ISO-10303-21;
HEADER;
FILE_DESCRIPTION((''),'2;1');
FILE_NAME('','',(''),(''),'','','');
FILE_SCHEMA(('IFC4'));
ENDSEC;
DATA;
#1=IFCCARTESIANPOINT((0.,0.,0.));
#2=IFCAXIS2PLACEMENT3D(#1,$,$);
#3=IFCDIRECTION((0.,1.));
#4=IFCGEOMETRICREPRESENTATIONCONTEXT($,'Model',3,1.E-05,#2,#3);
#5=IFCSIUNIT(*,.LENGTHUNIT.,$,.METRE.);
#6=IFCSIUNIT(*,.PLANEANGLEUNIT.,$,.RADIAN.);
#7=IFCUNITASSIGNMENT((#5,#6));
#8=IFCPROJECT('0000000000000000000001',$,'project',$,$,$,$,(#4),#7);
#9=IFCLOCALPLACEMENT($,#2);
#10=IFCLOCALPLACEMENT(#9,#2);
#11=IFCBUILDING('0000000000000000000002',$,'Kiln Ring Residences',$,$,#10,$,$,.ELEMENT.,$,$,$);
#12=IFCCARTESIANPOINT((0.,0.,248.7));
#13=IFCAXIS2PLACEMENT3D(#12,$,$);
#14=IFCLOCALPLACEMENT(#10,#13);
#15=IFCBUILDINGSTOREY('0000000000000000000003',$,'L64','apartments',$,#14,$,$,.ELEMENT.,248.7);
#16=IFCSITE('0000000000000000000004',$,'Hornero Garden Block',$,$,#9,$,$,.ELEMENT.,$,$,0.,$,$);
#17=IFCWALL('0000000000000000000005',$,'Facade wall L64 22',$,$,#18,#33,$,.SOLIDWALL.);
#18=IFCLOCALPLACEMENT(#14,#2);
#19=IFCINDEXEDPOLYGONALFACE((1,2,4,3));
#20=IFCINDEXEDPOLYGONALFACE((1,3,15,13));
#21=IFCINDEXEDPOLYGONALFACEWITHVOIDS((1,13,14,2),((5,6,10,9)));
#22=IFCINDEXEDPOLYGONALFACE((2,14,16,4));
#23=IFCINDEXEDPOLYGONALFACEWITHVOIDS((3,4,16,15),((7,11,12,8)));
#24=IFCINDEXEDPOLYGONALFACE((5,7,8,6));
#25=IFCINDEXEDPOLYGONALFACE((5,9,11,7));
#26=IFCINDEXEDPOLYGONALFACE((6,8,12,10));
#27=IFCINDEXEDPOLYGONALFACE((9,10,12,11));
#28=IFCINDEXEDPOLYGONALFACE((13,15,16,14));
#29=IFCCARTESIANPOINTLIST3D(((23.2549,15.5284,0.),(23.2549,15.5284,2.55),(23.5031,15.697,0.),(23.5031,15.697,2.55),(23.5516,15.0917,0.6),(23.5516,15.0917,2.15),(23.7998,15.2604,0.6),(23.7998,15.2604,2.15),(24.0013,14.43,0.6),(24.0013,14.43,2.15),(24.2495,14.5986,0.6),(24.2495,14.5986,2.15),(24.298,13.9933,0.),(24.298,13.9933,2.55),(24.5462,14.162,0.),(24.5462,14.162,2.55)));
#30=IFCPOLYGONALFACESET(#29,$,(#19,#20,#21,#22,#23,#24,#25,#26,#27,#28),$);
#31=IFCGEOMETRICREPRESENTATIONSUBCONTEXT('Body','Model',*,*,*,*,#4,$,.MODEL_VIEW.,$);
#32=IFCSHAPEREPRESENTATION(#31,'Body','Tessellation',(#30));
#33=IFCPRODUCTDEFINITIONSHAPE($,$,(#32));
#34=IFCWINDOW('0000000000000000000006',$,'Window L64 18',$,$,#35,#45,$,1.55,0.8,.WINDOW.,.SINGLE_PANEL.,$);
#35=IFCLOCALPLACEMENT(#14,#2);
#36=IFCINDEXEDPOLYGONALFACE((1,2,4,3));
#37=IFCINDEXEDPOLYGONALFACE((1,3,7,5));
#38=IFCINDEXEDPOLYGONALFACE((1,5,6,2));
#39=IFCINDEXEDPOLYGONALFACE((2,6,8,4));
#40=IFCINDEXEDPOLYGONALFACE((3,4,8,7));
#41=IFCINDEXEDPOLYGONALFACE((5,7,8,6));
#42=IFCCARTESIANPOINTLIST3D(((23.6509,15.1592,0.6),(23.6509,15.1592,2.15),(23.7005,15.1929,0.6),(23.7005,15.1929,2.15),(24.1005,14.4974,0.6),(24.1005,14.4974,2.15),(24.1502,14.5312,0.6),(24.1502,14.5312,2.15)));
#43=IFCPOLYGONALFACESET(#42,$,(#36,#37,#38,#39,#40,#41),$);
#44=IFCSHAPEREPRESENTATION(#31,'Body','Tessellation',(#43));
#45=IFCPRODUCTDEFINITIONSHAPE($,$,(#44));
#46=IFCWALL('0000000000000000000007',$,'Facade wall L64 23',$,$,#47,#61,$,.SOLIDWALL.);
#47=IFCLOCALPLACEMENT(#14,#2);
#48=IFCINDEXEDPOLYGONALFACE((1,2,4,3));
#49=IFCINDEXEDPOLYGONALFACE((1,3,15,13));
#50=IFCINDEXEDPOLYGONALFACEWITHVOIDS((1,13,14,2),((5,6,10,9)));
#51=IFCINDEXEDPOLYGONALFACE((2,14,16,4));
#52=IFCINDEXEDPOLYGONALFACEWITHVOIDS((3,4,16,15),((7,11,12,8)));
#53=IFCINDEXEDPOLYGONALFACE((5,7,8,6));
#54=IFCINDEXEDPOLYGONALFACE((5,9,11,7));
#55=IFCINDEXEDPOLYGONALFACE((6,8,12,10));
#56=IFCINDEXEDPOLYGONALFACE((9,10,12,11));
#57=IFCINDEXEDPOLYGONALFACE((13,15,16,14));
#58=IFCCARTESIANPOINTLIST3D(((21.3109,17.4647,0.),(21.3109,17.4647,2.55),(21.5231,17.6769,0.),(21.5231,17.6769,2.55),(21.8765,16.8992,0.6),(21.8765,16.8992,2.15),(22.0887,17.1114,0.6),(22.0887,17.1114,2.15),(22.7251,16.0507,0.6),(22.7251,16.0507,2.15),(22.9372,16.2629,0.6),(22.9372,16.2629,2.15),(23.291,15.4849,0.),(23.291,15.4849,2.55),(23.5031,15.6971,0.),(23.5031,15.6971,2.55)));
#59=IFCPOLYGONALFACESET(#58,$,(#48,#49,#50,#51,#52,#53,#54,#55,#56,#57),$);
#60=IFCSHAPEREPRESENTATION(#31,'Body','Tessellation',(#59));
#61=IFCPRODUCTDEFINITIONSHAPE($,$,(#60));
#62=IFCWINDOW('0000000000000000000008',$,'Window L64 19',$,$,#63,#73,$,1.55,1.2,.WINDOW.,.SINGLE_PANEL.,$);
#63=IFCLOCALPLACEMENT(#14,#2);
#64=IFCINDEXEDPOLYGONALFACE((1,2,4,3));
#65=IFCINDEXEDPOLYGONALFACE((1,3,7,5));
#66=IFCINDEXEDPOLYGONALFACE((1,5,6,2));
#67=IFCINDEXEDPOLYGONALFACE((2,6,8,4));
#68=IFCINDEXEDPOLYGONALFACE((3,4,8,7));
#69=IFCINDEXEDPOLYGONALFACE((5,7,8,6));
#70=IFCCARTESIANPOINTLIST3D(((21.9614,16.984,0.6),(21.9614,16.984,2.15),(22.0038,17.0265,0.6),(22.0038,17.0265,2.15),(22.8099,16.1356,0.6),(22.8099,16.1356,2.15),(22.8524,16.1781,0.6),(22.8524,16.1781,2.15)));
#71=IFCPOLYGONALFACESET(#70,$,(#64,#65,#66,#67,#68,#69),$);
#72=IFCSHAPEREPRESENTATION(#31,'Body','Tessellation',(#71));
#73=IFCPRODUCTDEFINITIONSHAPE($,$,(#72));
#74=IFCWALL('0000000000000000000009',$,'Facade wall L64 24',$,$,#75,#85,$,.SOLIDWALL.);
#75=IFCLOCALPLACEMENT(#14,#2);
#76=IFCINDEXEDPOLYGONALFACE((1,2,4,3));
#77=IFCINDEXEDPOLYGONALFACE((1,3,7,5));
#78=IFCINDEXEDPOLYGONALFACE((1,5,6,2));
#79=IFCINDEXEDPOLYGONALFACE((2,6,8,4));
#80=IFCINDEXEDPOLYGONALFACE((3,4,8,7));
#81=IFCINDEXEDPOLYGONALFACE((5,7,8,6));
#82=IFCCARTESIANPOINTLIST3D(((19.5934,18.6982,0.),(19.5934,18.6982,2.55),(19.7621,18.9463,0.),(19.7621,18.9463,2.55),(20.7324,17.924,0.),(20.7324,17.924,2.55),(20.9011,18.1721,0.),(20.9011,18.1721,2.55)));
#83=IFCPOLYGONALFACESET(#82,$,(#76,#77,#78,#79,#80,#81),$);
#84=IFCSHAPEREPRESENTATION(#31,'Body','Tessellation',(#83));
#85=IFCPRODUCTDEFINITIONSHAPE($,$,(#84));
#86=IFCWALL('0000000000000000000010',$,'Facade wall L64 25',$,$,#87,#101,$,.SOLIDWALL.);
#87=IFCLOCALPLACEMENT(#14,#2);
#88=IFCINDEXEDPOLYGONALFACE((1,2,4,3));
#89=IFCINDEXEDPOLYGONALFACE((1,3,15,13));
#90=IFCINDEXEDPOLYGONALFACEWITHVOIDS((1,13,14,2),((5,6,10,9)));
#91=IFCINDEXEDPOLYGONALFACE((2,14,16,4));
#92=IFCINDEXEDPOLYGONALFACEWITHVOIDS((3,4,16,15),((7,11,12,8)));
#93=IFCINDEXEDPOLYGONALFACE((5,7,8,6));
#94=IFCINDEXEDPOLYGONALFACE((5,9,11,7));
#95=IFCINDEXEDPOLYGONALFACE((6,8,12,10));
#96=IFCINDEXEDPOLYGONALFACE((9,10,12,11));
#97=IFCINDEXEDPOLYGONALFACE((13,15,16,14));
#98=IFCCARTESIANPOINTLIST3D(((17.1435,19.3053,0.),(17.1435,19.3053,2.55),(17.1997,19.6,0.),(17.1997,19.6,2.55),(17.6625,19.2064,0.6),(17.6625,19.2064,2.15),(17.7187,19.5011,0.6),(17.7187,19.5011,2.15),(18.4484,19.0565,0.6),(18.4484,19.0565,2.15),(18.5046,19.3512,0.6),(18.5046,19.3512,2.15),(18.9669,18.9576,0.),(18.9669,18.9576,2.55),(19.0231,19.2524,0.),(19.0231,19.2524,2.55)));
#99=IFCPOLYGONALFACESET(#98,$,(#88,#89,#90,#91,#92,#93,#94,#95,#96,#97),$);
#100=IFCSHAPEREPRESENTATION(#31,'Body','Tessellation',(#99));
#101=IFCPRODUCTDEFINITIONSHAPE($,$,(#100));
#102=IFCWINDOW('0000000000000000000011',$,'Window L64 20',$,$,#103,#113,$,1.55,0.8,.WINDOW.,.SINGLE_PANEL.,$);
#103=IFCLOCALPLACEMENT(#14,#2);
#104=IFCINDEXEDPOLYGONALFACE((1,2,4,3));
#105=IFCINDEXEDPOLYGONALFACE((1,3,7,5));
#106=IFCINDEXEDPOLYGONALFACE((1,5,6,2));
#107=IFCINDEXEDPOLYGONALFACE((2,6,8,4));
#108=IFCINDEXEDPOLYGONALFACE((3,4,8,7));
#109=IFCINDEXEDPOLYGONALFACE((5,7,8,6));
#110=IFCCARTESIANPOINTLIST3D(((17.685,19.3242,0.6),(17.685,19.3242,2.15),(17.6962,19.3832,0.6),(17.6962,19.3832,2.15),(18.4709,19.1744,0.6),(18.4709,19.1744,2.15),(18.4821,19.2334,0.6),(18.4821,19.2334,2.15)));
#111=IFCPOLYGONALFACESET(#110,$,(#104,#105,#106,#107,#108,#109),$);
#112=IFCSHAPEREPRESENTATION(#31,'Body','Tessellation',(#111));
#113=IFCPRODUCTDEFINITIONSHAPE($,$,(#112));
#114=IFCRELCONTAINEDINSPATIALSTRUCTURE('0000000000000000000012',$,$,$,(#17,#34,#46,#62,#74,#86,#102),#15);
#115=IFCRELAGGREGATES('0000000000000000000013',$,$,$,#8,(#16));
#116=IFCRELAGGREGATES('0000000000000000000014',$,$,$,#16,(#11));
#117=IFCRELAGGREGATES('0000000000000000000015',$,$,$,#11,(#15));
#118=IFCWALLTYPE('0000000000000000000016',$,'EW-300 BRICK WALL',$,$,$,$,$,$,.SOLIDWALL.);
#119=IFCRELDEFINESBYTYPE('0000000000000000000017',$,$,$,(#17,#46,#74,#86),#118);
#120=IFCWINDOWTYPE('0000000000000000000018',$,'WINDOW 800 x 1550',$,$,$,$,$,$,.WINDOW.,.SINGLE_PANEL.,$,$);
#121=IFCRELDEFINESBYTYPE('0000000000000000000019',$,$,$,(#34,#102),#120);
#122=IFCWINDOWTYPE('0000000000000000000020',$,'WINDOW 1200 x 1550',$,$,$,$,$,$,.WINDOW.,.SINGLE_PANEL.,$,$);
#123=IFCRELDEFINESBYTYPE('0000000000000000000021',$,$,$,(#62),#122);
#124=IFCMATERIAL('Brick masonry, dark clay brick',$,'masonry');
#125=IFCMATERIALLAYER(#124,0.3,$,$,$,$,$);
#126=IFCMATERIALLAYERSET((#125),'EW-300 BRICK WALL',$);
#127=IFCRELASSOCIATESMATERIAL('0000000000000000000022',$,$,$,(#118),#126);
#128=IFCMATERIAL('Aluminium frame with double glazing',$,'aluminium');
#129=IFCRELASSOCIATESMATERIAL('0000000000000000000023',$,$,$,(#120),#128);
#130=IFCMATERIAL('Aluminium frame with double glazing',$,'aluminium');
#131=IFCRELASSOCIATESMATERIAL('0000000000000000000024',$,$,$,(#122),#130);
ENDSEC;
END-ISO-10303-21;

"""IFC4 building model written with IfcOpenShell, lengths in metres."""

from ifc_helpers import new_model, si_unit, direction, frame, frame_2d, origin, place, context, subcontext, project, spatial, rectangle, extrude, material, layer, layer_set, type_object, element, fill, save


model = new_model("IFC4")

# Units and contexts
model_context = context("Model", 3, precision=1e-05, world=origin(), true_north=direction((0.0, 1.0)))
body_context = subcontext(model_context, "Body", "Model", "MODEL_VIEW")
ifc_project = project(units=[si_unit("LENGTHUNIT", "METRE"), si_unit("PLANEANGLEUNIT", "RADIAN")], contexts=[model_context])

# Site, building, storey
site_placement = place(None, origin())
site = spatial("IfcSite", under=ifc_project, at=site_placement, Name="Hornero Garden Block", CompositionType="ELEMENT", RefElevation=0.0)
building_placement = place(site_placement, origin())
building = spatial("IfcBuilding", under=site, at=building_placement, Name="Kiln Ring Residences", CompositionType="ELEMENT")
storey_placement = place(building_placement, frame((0.0, 0.0, 248.7)))
storey = spatial("IfcBuildingStorey", under=building, at=storey_placement, Name="L64", Description="apartments", CompositionType="ELEMENT", Elevation=248.7)

# Shared definitions
ifc_material_1 = material(Name="Brick masonry, dark clay brick", Category="masonry")
ifc_layer_1 = layer(ifc_material_1, 0.3)
ifc_layer_set_1 = layer_set([ifc_layer_1], Name="EW-300 BRICK WALL")
wall_type_1 = type_object("IfcWallType", Name="EW-300 BRICK WALL", PredefinedType="SOLIDWALL", material=ifc_layer_set_1)

# Walls, openings, windows
wall_1_placement = place(storey_placement, frame((24.4221, 14.0776, 0.0), z_axis=(0.0, 0.0, 1.0), x_axis=(-0.562055, 0.8271, 0.0)))
wall_1 = element("IfcWall", 1, at=wall_1_placement, inside=storey, type_object=wall_type_1, Name="Facade wall L64 22", PredefinedType="SOLIDWALL", context=body_context, shape_type="SweptSolid", body=[
    extrude(rectangle(XDim=1.856, YDim=0.3, at=frame_2d((0.928, 0.0))), origin(), (0.0, 0.0, 1.0), 2.55),
])
opening_1_placement = place(wall_1_placement, frame((0.5281, 0.0, 0.6001)))
opening_1 = element("IfcOpeningElement", 2, at=opening_1_placement, cuts=wall_1, PredefinedType="OPENING", context=body_context, shape_type="SweptSolid", body=[
    extrude(rectangle(XDim=0.8, YDim=1.55, at=frame_2d((0.3999, 0.7749))), frame((0.0, 0.1599, 0.0), z_axis=(0.0, -1.0, 0.0), x_axis=(1.0, 0.0, 0.0)), (0.0, 0.0, 1.0), 0.3201),
])
ifc_material_2 = material(Name="Aluminium frame with double glazing", Category="aluminium")
window_type_1 = type_object("IfcWindowType", Name="WINDOW 800 x 1550", PartitioningType="SINGLE_PANEL", PredefinedType="WINDOW", material=ifc_material_2)
window_1_placement = place(opening_1_placement, origin())
window_1 = element("IfcWindow", 3, at=window_1_placement, inside=storey, type_object=window_type_1, Name="Window L64 18", OverallHeight=1.55, OverallWidth=0.8, PartitioningType="SINGLE_PANEL", PredefinedType="WINDOW", context=body_context, shape_type="SweptSolid", body=[
    extrude(rectangle(XDim=0.8, YDim=1.55, at=frame_2d((0.3999, 0.7749))), frame((0.0, 0.03, 0.0), z_axis=(0.0, -1.0, 0.0), x_axis=(1.0, 0.0, 0.0)), (0.0, 0.0, 1.0), 0.0601),
])
fill(opening_1, window_1)
wall_2_placement = place(storey_placement, frame((23.397, 15.5911, 0.0), z_axis=(0.0, 0.0, 1.0), x_axis=(-0.70715, 0.707063, 0.0)))
wall_2 = element("IfcWall", 4, at=wall_2_placement, inside=storey, type_object=wall_type_1, Name="Facade wall L64 23", PredefinedType="SOLIDWALL", context=body_context, shape_type="SweptSolid", body=[
    extrude(rectangle(XDim=2.8, YDim=0.3, at=frame_2d((1.3999, 0.0))), origin(), (0.0, 0.0, 1.0), 2.55),
])
opening_2_placement = place(wall_2_placement, frame((0.8, 0.0, 0.6001)))
opening_2 = element("IfcOpeningElement", 5, at=opening_2_placement, cuts=wall_2, PredefinedType="OPENING", context=body_context, shape_type="SweptSolid", body=[
    extrude(rectangle(XDim=1.2, YDim=1.55, at=frame_2d((0.6001, 0.7749))), frame((0.0, 0.1599, 0.0), z_axis=(0.0, -1.0, 0.0), x_axis=(1.0, 0.0, 0.0)), (0.0, 0.0, 1.0), 0.3201),
])
ifc_material_3 = material(Name="Aluminium frame with double glazing", Category="aluminium")
window_type_2 = type_object("IfcWindowType", Name="WINDOW 1200 x 1550", PartitioningType="SINGLE_PANEL", PredefinedType="WINDOW", material=ifc_material_3)
window_2_placement = place(opening_2_placement, origin())
window_2 = element("IfcWindow", 6, at=window_2_placement, inside=storey, type_object=window_type_2, Name="Window L64 19", OverallHeight=1.55, OverallWidth=1.2, PartitioningType="SINGLE_PANEL", PredefinedType="WINDOW", context=body_context, shape_type="SweptSolid", body=[
    extrude(rectangle(XDim=1.2, YDim=1.55, at=frame_2d((0.6001, 0.7749))), frame((0.0, 0.03, 0.0), z_axis=(0.0, -1.0, 0.0), x_axis=(1.0, 0.0, 0.0)), (0.0, 0.0, 1.0), 0.0601),
])
fill(opening_2, window_2)

# Wall
wall_3_placement = place(storey_placement, frame((20.8167, 18.0481, 0.0), z_axis=(0.0, 0.0, 1.0), x_axis=(-0.827025, 0.562165, 0.0)))
element("IfcWall", 7, at=wall_3_placement, inside=storey, type_object=wall_type_1, Name="Facade wall L64 24", PredefinedType="SOLIDWALL", context=body_context, shape_type="SweptSolid", body=[
    extrude(rectangle(XDim=1.3772, YDim=0.3, at=frame_2d((0.6885, 0.0))), origin(), (0.0, 0.0, 1.0), 2.55),
])

# Wall, opening, window
wall_4_placement = place(storey_placement, frame((18.9951, 19.105, 0.0), z_axis=(0.0, 0.0, 1.0), x_axis=(-0.982302, 0.187306, 0.0)))
wall_4 = element("IfcWall", 8, at=wall_4_placement, inside=storey, type_object=wall_type_1, Name="Facade wall L64 25", PredefinedType="SOLIDWALL", context=body_context, shape_type="SweptSolid", body=[
    extrude(rectangle(XDim=1.8562, YDim=0.3, at=frame_2d((0.9282, 0.0))), origin(), (0.0, 0.0, 1.0), 2.55),
])
opening_3_placement = place(wall_4_placement, frame((0.5281, 0.0, 0.6001)))
opening_3 = element("IfcOpeningElement", 9, at=opening_3_placement, cuts=wall_4, PredefinedType="OPENING", context=body_context, shape_type="SweptSolid", body=[
    extrude(rectangle(XDim=0.8, YDim=1.55, at=frame_2d((0.3999, 0.7749))), frame((0.0, 0.1599, 0.0), z_axis=(0.0, -1.0, 0.0), x_axis=(1.0, 0.0, 0.0)), (0.0, 0.0, 1.0), 0.3201),
])
window_3_placement = place(opening_3_placement, origin())
window_3 = element("IfcWindow", 10, at=window_3_placement, inside=storey, type_object=window_type_1, Name="Window L64 20", OverallHeight=1.55, OverallWidth=0.8, PartitioningType="SINGLE_PANEL", PredefinedType="WINDOW", context=body_context, shape_type="SweptSolid", body=[
    extrude(rectangle(XDim=0.8, YDim=1.55, at=frame_2d((0.3999, 0.7749))), frame((0.0, 0.03, 0.0), z_axis=(0.0, -1.0, 0.0), x_axis=(1.0, 0.0, 0.0)), (0.0, 0.0, 1.0), 0.0601),
])
fill(opening_3, window_3)

save(model, "model.ifc")
